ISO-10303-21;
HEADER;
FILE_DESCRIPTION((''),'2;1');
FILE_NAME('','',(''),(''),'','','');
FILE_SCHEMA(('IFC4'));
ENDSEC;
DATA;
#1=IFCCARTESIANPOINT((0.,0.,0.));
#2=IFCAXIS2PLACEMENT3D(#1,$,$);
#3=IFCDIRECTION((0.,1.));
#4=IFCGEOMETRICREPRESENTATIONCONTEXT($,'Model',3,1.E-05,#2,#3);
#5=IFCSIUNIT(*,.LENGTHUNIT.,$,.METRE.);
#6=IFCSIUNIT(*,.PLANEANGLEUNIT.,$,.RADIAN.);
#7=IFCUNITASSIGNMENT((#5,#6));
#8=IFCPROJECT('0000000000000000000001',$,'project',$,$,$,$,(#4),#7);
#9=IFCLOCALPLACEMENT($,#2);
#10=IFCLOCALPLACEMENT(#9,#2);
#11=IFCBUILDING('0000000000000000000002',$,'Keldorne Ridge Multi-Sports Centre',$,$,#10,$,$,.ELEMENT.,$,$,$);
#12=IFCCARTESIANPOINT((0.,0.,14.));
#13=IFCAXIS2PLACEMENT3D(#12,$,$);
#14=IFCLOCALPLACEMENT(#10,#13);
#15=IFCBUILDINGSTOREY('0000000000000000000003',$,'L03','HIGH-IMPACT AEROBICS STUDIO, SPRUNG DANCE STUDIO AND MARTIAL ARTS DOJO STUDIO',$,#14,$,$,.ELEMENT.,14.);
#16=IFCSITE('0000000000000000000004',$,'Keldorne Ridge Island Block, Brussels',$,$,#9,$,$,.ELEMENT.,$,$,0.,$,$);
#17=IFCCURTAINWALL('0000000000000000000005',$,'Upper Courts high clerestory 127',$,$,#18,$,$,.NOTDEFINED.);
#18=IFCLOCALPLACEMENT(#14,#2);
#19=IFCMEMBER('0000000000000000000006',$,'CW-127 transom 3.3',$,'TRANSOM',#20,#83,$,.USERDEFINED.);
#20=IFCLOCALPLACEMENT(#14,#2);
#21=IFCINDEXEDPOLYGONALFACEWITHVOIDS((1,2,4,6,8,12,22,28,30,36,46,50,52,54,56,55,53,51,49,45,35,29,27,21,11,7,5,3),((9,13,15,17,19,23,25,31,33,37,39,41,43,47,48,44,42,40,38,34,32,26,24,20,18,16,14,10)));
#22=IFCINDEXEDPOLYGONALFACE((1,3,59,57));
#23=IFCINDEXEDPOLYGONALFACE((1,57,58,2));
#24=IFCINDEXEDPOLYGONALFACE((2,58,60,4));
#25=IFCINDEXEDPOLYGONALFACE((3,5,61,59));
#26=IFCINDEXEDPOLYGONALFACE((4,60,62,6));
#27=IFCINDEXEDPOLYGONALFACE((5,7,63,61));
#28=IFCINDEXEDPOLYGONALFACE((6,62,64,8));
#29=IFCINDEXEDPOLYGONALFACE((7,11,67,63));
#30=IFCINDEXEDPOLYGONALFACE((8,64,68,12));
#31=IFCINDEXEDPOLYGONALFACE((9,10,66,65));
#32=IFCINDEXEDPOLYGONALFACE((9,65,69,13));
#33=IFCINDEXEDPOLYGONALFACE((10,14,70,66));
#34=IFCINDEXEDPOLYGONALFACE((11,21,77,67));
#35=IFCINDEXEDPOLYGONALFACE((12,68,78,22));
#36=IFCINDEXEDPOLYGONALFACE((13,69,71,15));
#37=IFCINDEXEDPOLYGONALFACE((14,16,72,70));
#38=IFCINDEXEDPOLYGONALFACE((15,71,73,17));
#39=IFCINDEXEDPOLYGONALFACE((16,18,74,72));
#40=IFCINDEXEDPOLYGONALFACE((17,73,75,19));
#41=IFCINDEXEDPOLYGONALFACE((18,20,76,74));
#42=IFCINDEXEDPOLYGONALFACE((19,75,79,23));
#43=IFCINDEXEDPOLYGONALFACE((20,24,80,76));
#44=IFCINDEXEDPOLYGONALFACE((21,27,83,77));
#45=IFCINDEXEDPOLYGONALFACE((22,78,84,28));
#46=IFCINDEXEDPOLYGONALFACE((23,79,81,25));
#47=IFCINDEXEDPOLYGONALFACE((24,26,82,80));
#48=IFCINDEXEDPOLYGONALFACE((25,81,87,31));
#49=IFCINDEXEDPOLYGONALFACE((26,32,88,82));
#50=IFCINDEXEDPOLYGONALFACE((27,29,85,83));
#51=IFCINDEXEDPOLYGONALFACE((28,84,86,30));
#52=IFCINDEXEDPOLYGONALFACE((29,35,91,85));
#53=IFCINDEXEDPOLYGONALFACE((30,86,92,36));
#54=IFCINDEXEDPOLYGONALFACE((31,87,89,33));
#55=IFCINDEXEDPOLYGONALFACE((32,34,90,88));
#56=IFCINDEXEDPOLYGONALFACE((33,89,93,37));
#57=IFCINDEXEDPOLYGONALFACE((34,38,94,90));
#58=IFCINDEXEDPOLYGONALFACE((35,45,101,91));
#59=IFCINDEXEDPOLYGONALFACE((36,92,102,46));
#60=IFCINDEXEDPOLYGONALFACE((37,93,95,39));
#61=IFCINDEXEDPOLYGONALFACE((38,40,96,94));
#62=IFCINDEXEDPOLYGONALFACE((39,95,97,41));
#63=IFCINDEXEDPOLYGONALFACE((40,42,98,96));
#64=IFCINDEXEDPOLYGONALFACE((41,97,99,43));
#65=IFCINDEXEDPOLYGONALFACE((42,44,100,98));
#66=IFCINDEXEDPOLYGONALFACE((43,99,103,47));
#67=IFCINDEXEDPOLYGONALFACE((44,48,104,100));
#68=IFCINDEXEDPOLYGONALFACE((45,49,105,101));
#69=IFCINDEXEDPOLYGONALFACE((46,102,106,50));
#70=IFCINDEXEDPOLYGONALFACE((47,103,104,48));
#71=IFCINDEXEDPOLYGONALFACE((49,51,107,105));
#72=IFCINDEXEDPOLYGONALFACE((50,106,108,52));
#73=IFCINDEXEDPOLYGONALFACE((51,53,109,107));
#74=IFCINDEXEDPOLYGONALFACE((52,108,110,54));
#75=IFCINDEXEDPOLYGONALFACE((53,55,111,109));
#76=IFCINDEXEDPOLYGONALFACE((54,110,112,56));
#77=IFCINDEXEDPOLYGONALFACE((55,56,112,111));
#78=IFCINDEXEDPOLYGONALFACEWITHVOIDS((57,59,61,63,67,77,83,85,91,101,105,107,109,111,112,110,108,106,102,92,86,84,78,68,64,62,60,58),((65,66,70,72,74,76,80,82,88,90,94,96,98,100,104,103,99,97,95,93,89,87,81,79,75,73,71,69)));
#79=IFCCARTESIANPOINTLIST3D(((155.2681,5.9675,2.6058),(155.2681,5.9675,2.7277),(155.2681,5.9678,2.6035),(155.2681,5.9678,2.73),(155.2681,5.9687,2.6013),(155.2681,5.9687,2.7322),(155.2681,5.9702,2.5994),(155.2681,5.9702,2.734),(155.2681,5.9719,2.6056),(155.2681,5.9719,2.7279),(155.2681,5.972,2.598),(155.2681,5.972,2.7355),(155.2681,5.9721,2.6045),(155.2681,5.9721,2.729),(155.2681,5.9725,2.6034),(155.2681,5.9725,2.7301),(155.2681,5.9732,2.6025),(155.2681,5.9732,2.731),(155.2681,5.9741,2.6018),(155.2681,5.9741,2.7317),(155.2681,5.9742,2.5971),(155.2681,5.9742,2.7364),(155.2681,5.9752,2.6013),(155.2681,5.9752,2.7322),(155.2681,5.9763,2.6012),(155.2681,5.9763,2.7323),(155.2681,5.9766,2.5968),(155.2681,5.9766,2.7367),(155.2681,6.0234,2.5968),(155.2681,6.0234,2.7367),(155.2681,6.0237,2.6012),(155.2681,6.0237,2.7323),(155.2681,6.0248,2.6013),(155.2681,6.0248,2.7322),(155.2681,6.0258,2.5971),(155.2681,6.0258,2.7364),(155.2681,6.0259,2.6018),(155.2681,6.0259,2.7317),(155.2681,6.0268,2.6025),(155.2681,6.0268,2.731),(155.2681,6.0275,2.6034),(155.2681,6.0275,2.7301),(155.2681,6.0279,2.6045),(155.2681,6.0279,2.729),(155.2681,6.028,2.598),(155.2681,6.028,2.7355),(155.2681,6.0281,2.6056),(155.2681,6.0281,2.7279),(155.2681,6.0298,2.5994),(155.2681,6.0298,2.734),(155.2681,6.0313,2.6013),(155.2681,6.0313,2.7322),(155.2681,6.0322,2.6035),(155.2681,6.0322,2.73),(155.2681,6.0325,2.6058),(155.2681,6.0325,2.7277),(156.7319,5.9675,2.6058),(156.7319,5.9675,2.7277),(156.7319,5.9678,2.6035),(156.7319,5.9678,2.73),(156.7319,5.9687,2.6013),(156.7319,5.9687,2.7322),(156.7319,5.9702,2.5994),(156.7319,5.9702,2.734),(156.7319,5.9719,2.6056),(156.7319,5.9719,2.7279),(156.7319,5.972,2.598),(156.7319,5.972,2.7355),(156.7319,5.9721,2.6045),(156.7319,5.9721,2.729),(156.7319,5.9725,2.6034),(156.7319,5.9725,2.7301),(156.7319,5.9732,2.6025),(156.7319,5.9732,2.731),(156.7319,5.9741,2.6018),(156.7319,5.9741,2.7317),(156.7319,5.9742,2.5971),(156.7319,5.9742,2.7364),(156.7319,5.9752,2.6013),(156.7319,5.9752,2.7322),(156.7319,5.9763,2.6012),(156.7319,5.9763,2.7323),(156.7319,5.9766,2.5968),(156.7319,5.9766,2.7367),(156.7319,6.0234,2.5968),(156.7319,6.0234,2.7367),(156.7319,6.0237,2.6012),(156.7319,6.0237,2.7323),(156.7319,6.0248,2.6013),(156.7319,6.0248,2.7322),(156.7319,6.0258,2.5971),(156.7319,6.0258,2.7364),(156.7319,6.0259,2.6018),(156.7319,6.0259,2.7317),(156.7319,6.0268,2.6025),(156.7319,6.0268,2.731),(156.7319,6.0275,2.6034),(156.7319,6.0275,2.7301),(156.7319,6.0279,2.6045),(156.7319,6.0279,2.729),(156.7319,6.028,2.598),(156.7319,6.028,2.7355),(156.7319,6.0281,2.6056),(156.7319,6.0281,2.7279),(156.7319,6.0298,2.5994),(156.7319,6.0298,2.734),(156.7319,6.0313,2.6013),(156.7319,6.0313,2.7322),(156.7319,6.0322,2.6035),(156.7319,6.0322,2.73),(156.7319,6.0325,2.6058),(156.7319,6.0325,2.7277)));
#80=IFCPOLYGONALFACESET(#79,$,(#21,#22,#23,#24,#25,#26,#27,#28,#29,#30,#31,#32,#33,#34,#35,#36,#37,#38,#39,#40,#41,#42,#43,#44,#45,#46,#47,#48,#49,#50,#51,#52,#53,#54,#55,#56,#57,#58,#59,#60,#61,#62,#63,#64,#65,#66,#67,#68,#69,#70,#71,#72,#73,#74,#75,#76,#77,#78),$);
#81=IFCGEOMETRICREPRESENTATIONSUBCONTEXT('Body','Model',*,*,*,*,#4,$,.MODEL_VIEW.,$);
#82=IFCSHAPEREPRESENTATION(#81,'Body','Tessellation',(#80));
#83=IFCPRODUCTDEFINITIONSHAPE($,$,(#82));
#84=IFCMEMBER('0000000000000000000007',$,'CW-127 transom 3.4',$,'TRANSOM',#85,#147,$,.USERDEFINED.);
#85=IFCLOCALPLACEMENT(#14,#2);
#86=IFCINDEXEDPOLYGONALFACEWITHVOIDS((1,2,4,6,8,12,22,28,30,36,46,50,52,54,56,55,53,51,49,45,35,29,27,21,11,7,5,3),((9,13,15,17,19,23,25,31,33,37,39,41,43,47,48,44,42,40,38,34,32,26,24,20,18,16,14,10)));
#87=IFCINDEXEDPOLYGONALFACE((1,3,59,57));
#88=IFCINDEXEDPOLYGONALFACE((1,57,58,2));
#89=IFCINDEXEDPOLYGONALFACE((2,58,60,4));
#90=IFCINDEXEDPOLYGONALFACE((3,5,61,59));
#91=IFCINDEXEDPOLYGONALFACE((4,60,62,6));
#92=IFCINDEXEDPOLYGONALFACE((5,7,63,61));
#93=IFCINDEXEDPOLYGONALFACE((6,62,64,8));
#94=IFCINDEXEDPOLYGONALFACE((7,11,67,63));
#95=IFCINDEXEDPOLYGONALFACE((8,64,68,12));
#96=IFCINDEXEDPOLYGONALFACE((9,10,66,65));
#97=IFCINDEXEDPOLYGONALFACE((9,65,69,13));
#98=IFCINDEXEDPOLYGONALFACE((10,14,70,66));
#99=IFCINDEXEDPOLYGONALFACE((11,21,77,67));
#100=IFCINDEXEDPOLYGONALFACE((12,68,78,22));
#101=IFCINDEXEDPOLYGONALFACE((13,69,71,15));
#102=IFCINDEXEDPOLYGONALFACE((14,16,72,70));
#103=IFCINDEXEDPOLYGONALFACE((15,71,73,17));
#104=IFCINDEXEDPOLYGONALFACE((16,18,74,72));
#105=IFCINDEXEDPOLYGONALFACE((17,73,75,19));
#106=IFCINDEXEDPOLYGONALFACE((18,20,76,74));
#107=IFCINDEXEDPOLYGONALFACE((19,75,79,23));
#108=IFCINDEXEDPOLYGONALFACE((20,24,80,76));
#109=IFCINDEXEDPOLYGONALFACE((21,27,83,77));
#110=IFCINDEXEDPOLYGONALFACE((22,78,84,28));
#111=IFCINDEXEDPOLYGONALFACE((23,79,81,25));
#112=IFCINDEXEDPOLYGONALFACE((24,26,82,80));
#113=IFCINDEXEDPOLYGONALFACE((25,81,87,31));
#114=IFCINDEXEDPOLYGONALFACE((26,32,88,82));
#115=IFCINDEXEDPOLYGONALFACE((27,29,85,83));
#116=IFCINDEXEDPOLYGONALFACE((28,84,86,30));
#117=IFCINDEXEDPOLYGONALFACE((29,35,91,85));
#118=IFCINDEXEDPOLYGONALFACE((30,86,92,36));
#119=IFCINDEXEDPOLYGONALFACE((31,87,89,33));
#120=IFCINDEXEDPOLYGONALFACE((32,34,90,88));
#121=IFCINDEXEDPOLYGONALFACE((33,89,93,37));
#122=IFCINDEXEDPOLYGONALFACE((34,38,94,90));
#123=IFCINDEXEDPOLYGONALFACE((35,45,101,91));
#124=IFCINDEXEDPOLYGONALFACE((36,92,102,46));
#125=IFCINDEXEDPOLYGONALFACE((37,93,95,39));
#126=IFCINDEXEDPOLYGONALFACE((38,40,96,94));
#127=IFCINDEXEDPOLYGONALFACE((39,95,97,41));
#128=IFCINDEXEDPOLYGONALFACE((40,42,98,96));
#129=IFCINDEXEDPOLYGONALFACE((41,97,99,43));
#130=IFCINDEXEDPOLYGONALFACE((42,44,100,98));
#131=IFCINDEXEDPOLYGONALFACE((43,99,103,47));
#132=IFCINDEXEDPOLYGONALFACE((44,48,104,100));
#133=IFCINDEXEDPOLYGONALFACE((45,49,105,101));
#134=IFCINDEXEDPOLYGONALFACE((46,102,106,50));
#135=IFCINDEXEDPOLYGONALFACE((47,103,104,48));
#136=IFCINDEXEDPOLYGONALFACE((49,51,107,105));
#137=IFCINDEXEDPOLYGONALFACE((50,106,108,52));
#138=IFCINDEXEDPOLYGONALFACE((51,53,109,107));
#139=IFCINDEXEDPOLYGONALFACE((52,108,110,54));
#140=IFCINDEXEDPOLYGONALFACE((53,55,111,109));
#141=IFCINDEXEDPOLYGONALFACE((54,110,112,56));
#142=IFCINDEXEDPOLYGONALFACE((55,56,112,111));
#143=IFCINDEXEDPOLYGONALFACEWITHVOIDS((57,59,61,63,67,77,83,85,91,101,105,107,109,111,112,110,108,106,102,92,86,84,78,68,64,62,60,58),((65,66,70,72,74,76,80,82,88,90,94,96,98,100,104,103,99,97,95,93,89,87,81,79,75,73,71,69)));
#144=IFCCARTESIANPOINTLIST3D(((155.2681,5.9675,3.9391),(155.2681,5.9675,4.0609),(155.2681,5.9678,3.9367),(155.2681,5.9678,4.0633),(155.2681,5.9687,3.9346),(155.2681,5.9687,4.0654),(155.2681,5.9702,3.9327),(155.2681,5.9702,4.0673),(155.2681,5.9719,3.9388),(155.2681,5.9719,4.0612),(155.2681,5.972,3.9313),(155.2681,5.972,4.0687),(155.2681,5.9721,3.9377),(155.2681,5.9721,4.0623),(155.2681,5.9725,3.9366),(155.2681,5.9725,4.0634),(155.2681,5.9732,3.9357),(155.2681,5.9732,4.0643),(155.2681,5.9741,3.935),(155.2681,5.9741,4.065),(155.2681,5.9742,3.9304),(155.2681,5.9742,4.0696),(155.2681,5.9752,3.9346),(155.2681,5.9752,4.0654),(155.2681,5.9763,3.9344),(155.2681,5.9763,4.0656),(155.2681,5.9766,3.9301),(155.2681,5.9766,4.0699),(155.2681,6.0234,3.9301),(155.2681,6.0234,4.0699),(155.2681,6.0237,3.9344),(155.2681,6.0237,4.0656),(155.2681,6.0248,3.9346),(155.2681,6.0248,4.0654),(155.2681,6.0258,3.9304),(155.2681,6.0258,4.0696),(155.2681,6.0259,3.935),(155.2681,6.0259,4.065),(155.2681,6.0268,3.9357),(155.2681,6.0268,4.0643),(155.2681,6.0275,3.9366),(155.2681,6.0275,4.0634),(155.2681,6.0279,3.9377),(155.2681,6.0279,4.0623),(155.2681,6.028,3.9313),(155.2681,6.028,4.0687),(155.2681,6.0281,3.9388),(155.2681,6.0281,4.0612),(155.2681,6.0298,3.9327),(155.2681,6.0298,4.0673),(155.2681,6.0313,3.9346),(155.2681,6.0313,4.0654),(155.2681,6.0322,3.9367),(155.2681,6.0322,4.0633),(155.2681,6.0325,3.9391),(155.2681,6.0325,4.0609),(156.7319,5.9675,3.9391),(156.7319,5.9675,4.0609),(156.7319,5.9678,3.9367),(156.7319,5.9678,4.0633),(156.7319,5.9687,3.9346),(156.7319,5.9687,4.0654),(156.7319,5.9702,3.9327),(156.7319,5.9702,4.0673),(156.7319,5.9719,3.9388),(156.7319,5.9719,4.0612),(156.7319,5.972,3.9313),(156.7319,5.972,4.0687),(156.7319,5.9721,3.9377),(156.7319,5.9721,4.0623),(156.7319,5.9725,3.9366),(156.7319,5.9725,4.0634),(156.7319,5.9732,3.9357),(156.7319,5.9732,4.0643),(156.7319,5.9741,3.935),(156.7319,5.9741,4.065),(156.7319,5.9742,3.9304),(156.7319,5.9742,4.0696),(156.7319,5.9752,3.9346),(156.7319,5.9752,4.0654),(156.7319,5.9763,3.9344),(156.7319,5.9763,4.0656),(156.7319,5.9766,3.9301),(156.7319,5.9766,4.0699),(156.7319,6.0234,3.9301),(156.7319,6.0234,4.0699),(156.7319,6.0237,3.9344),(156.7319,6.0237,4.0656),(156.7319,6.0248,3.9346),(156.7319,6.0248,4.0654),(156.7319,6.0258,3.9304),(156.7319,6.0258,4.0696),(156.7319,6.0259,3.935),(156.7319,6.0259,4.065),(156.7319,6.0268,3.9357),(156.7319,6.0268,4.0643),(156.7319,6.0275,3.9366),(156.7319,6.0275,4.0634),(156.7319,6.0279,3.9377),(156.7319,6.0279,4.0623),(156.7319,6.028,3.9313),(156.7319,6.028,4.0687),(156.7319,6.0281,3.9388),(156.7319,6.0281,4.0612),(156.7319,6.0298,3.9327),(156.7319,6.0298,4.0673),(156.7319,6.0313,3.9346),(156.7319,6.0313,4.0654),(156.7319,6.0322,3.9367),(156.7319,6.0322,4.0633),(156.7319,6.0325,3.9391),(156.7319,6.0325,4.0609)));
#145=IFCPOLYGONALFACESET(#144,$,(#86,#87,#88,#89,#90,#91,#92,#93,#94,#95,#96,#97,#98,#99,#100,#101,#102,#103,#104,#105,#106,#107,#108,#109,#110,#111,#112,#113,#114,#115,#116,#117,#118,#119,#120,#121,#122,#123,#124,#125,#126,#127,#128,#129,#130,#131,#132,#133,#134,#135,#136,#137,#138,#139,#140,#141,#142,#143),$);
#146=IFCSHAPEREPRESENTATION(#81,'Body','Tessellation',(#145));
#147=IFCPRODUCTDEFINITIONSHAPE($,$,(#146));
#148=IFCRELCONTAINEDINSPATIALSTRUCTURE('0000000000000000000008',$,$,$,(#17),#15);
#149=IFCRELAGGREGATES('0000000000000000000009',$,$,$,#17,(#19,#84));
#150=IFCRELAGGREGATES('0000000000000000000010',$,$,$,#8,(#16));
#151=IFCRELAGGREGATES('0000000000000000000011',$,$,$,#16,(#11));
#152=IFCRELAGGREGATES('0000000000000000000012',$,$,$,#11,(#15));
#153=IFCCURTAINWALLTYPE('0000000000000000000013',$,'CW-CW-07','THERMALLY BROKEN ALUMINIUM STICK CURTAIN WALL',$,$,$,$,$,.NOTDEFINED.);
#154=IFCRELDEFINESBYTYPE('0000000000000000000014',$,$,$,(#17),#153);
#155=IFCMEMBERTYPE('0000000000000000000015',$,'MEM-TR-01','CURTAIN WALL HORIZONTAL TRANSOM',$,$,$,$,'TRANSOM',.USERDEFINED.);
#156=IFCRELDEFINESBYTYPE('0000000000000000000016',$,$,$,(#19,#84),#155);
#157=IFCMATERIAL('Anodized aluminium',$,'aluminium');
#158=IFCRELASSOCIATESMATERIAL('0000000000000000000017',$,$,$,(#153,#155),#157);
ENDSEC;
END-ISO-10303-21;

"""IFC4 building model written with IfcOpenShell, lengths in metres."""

from ifc_helpers import new_model, si_unit, direction, frame, origin, origin_2d, place, context, subcontext, project, spatial, hollow_rectangle, extrude, material, material_profile, profile_set, type_object, element, aggregate, save


model = new_model("IFC4")

# Units and contexts
model_context = context("Model", 3, precision=1e-05, world=origin(), true_north=direction((0.0, 1.0)))
body_context = subcontext(model_context, "Body", "Model", "MODEL_VIEW")
ifc_project = project(units=[si_unit("LENGTHUNIT", "METRE"), si_unit("PLANEANGLEUNIT", "RADIAN")], contexts=[model_context])

# Site, building, storey
site_placement = place(None, origin())
site = spatial("IfcSite", under=ifc_project, at=site_placement, Name="Keldorne Ridge Island Block, Brussels", CompositionType="ELEMENT", RefElevation=0.0)
building_placement = place(site_placement, origin())
building = spatial("IfcBuilding", under=site, at=building_placement, Name="Keldorne Ridge Multi-Sports Centre", CompositionType="ELEMENT")
storey_placement = place(building_placement, frame((0.0, 0.0, 14.0)))
storey = spatial("IfcBuildingStorey", under=building, at=storey_placement, Name="L03", Description="HIGH-IMPACT AEROBICS STUDIO, SPRUNG DANCE STUDIO AND MARTIAL ARTS DOJO STUDIO", CompositionType="ELEMENT", Elevation=14.0)

# Curtain wall, members
ifc_material_1 = material(Name="Anodized aluminium", Category="aluminium")
curtain_wall_type = type_object("IfcCurtainWallType", Name="CW-CW-07", Description="THERMALLY BROKEN ALUMINIUM STICK CURTAIN WALL", PredefinedType="NOTDEFINED", material=ifc_material_1)
curtain_wall_placement = place(storey_placement, origin())
curtain_wall = element("IfcCurtainWall", 1, at=curtain_wall_placement, inside=storey, type_object=curtain_wall_type, Name="Upper Courts high clerestory 127", PredefinedType="NOTDEFINED")
ifc_material_profile_1 = material_profile(ifc_material_1, hollow_rectangle(XDim=0.0649, YDim=0.1399, WallThickness=0.0044, InnerFilletRadius=0.0044, OuterFilletRadius=0.009, at=origin_2d()), Name="ALU TRANSOM 140x65x4.5")
ifc_profile_set_1 = profile_set([ifc_material_profile_1], Name="Anodized aluminium")
member_type_1 = type_object("IfcMemberType", Name="MEM-TR-01", Description="CURTAIN WALL HORIZONTAL TRANSOM", ElementType="TRANSOM", PredefinedType="USERDEFINED", material=ifc_profile_set_1)
member_1_placement = place(storey_placement, frame((155.2681, 6.0, 2.6667), z_axis=(1.0, 0.0, 0.0), x_axis=(0.0, 1.0, 0.0)))
member_1 = element("IfcMember", 2, at=member_1_placement, type_object=member_type_1, Name="CW-127 transom 3.3", ObjectType="TRANSOM", PredefinedType="USERDEFINED", context=body_context, shape_type="SweptSolid", body=[
    extrude(hollow_rectangle(XDim=0.0649, YDim=0.1399, WallThickness=0.0044, InnerFilletRadius=0.0044, OuterFilletRadius=0.009, at=origin_2d()), origin(), (0.0, 0.0, 1.0), 1.4639),
])
member_2_placement = place(storey_placement, frame((155.2681, 6.0, 4.0), z_axis=(1.0, 0.0, 0.0), x_axis=(0.0, 1.0, 0.0)))
member_2 = element("IfcMember", 3, at=member_2_placement, type_object=member_type_1, Name="CW-127 transom 3.4", ObjectType="TRANSOM", PredefinedType="USERDEFINED", context=body_context, shape_type="SweptSolid", body=[
    extrude(hollow_rectangle(XDim=0.0649, YDim=0.1399, WallThickness=0.0044, InnerFilletRadius=0.0044, OuterFilletRadius=0.009, at=origin_2d()), origin(), (0.0, 0.0, 1.0), 1.4639),
])
aggregate(curtain_wall, [member_1, member_2])

save(model, "model.ifc")
